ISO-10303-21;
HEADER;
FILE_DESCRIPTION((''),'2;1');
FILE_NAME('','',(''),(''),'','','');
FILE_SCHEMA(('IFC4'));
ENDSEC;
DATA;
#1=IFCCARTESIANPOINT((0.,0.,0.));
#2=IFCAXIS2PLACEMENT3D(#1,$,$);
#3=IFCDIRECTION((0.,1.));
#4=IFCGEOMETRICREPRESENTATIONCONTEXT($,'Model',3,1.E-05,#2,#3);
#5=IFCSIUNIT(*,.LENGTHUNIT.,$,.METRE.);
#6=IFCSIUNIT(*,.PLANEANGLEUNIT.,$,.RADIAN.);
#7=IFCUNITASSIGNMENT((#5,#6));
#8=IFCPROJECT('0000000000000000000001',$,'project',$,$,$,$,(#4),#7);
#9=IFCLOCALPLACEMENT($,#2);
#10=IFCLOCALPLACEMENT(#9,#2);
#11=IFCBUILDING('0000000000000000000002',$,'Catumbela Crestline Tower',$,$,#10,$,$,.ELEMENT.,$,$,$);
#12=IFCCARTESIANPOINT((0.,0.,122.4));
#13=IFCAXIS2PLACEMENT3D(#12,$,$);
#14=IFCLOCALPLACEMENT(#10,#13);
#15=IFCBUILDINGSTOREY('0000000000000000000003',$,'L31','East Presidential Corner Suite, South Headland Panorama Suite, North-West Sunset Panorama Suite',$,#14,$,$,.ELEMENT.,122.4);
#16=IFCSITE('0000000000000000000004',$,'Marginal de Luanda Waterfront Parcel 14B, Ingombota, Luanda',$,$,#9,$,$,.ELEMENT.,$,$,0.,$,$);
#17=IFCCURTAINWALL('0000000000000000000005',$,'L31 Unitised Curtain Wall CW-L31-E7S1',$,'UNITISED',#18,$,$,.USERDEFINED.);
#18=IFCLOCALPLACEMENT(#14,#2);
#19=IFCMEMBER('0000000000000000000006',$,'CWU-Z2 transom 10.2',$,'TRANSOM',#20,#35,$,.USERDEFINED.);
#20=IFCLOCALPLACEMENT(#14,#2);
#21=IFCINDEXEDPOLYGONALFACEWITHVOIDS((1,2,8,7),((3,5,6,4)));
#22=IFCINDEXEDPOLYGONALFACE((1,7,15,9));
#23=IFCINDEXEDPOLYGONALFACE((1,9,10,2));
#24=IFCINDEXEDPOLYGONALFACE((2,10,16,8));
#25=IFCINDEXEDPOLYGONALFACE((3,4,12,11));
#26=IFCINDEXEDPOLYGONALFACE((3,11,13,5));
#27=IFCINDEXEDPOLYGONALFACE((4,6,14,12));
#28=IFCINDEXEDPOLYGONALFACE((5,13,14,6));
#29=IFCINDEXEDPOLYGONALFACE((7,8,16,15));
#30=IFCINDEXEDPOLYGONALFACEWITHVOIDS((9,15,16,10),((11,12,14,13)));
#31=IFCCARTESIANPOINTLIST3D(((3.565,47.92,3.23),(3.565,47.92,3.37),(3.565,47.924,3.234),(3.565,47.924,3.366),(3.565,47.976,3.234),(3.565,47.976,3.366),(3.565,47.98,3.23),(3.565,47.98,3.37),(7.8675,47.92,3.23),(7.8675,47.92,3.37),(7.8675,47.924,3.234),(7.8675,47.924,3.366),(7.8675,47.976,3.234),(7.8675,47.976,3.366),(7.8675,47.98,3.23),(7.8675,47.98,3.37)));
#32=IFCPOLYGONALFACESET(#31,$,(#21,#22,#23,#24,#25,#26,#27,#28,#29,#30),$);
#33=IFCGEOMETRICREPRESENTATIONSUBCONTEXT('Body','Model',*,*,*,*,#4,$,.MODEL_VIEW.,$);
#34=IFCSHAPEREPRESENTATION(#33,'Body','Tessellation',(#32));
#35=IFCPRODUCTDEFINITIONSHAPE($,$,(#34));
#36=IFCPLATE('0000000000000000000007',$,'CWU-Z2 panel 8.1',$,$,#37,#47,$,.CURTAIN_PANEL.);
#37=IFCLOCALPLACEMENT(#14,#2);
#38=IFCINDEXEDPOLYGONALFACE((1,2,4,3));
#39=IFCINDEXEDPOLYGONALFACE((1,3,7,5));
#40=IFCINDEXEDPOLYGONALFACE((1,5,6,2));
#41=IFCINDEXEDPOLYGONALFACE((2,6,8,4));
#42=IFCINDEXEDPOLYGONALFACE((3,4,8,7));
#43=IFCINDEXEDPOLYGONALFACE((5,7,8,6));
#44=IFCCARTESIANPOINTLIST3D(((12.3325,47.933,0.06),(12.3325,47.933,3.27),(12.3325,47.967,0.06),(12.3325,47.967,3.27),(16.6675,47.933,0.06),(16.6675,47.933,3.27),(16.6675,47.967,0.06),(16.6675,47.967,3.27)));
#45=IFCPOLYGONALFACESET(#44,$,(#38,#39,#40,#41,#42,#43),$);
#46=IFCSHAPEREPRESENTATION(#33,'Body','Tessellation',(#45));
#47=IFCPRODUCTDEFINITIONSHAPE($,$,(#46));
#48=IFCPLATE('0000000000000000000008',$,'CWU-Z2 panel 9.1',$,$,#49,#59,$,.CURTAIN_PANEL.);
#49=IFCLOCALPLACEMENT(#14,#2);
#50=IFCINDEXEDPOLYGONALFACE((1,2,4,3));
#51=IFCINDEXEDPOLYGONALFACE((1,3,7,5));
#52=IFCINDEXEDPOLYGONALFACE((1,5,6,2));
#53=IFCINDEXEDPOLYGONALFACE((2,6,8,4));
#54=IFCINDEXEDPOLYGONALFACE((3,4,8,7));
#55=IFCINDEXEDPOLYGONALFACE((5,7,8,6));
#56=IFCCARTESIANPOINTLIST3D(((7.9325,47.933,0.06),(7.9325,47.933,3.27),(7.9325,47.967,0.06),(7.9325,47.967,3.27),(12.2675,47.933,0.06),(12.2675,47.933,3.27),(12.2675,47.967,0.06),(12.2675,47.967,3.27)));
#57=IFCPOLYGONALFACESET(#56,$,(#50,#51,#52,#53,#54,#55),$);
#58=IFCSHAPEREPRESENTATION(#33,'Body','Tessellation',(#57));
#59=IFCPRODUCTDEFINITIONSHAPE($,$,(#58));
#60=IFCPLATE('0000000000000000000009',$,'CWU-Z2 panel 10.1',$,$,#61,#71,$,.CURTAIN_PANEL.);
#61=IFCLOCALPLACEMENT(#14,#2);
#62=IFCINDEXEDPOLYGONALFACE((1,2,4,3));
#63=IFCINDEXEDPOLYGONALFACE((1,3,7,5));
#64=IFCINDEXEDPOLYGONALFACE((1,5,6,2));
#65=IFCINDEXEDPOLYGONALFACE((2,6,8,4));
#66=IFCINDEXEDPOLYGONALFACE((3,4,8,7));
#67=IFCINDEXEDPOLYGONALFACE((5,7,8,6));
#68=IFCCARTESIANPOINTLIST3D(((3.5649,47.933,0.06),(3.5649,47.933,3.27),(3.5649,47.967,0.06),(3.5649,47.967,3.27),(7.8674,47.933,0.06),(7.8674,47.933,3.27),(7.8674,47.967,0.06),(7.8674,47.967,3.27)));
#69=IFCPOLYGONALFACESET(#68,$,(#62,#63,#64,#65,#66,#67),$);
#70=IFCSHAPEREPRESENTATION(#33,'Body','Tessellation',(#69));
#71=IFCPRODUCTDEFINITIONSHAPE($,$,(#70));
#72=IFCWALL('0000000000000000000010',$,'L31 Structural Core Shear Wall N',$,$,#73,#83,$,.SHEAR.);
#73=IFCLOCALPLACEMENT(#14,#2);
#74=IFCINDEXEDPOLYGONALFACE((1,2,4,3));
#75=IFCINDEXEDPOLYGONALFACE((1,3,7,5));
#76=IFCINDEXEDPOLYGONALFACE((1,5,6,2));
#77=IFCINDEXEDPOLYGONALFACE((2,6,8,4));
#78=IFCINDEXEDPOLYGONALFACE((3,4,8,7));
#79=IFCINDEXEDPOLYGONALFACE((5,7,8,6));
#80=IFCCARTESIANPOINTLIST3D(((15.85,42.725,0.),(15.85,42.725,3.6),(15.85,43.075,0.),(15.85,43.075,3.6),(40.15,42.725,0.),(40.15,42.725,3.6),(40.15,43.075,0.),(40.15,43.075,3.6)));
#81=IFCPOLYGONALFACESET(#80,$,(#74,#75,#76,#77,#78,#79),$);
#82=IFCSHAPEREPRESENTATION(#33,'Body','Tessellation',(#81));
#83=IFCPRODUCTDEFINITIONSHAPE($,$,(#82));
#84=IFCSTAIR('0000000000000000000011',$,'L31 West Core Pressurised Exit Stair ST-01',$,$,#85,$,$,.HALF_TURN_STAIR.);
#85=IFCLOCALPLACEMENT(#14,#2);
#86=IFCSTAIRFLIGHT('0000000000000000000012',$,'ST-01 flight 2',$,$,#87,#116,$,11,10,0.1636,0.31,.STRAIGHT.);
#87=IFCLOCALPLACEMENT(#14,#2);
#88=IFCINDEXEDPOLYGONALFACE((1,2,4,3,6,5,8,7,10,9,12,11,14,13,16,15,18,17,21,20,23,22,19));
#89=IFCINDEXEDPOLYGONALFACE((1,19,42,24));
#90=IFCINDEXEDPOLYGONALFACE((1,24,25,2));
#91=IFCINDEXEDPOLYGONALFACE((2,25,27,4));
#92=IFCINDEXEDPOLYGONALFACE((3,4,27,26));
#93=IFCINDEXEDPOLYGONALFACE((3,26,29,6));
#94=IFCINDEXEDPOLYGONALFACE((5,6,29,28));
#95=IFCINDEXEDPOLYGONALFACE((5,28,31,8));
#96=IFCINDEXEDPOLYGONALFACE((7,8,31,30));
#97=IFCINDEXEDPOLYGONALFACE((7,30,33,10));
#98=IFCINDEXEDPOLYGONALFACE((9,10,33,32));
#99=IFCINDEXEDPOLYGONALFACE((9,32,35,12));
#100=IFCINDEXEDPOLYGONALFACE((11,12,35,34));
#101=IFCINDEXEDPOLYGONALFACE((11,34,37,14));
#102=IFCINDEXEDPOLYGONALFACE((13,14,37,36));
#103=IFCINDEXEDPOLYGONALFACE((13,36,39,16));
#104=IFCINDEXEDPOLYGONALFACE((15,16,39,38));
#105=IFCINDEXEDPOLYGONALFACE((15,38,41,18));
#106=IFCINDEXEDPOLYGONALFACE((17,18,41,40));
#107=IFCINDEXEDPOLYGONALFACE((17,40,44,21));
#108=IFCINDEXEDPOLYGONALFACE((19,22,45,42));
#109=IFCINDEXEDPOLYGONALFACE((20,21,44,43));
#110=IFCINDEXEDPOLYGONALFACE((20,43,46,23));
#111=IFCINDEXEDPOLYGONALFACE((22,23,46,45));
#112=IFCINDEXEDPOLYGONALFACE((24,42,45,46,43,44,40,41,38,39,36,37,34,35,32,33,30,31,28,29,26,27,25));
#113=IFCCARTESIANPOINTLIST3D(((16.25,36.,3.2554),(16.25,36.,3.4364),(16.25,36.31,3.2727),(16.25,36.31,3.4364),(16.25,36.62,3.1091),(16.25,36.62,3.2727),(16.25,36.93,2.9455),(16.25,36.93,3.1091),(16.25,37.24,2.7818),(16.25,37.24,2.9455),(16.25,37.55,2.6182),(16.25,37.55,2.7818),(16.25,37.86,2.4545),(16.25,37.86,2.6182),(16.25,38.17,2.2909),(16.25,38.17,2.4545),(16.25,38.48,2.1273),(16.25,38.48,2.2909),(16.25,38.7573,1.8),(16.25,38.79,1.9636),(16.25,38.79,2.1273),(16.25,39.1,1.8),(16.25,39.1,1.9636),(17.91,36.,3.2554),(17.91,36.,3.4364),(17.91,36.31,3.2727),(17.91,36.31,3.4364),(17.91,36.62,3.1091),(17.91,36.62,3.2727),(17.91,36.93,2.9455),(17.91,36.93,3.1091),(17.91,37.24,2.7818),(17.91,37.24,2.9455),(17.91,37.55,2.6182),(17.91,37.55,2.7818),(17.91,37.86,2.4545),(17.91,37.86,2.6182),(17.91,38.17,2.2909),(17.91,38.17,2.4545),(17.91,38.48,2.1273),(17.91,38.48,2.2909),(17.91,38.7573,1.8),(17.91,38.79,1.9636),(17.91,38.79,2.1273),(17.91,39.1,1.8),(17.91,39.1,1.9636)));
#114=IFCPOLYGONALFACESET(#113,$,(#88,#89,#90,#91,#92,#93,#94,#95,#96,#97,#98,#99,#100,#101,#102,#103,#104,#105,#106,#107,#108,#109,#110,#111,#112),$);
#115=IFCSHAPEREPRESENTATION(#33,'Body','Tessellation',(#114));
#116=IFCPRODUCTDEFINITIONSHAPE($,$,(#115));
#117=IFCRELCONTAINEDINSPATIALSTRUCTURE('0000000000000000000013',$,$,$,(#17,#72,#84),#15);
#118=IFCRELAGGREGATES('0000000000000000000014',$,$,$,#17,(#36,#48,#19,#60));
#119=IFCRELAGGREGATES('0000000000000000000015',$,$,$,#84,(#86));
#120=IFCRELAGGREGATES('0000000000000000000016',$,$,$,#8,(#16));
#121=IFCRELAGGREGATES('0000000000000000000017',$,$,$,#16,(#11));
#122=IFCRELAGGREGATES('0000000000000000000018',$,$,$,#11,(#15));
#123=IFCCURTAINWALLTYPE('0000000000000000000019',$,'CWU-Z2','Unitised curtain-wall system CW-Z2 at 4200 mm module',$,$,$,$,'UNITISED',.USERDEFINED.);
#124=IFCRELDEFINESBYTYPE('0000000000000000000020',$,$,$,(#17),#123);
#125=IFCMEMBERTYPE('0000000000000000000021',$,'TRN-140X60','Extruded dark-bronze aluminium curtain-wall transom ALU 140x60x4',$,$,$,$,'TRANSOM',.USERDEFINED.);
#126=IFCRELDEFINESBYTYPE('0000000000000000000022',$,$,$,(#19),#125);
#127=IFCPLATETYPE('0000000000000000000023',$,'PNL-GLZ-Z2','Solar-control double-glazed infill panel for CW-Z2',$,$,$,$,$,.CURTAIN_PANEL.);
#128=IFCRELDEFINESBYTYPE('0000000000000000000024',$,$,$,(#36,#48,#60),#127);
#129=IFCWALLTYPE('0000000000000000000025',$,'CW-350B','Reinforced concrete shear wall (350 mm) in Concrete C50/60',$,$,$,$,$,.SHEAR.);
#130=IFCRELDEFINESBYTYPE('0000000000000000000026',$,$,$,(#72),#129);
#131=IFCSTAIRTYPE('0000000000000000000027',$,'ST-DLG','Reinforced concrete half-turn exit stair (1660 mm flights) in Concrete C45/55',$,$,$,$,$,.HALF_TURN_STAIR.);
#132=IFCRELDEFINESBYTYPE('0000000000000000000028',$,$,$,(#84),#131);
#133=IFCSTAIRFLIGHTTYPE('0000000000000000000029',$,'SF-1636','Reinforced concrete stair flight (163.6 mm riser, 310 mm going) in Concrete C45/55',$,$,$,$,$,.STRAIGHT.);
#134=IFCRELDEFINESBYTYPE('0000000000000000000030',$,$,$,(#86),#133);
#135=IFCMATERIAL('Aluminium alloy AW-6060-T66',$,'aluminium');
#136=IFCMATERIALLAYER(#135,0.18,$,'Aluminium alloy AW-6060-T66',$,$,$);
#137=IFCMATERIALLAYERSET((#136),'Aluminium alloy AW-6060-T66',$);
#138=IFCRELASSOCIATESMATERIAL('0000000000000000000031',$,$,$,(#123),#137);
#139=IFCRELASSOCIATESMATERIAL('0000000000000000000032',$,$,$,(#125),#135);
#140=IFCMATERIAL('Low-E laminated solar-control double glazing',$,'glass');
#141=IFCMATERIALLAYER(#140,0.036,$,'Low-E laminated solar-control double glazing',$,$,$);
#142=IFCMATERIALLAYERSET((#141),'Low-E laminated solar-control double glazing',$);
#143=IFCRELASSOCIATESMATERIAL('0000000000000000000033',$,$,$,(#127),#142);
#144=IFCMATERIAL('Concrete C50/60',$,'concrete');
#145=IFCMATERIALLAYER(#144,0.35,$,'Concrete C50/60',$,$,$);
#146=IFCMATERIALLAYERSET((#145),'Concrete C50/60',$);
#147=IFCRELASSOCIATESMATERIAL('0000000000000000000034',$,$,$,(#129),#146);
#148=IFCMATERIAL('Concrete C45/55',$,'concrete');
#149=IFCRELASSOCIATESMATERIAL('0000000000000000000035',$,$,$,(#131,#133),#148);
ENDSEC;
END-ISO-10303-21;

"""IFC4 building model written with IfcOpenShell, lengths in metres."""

from ifc_helpers import new_model, si_unit, direction, frame, frame_2d, origin, origin_2d, place, context, subcontext, project, spatial, polyline, rectangle, hollow_rectangle, outline, extrude, material, layer, layer_set, material_profile, profile_set, type_object, element, aggregate, save


model = new_model("IFC4")

# Units and contexts
model_context = context("Model", 3, precision=1e-05, world=origin(), true_north=direction((0.0, 1.0)))
body_context = subcontext(model_context, "Body", "Model", "MODEL_VIEW")
ifc_project = project(units=[si_unit("LENGTHUNIT", "METRE"), si_unit("PLANEANGLEUNIT", "RADIAN")], contexts=[model_context])

# Site, building, storey
site_placement = place(None, origin())
site = spatial("IfcSite", under=ifc_project, at=site_placement, Name="Marginal de Luanda Waterfront Parcel 14B, Ingombota, Luanda", CompositionType="ELEMENT", RefElevation=0.0)
building_placement = place(site_placement, origin())
building = spatial("IfcBuilding", under=site, at=building_placement, Name="Catumbela Crestline Tower", CompositionType="ELEMENT")
storey_placement = place(building_placement, frame((0.0, 0.0, 122.4)))
storey = spatial("IfcBuildingStorey", under=building, at=storey_placement, Name="L31", Description="East Presidential Corner Suite, South Headland Panorama Suite, North-West Sunset Panorama Suite", CompositionType="ELEMENT", Elevation=122.4)

# Curtain wall
ifc_material_1 = material(Name="Aluminium alloy AW-6060-T66", Category="aluminium")
ifc_layer_1 = layer(ifc_material_1, 0.18, Name="Aluminium alloy AW-6060-T66")
ifc_layer_set_1 = layer_set([ifc_layer_1], Name="Aluminium alloy AW-6060-T66")
curtain_wall_type = type_object("IfcCurtainWallType", Name="CWU-Z2", Description="Unitised curtain-wall system CW-Z2 at 4200 mm module", ElementType="UNITISED", PredefinedType="USERDEFINED", material=ifc_layer_set_1)
curtain_wall_placement = place(storey_placement, origin())
curtain_wall = element("IfcCurtainWall", 1, at=curtain_wall_placement, inside=storey, type_object=curtain_wall_type, Name="L31 Unitised Curtain Wall CW-L31-E7S1", ObjectType="UNITISED", PredefinedType="USERDEFINED")

# Member
ifc_material_profile_1 = material_profile(ifc_material_1, hollow_rectangle(XDim=0.06, YDim=0.14, WallThickness=0.004, at=origin_2d()), Name="ALU 140x60x4")
ifc_profile_set_1 = profile_set([ifc_material_profile_1], Name="Aluminium alloy AW-6060-T66")
member_type_1 = type_object("IfcMemberType", Name="TRN-140X60", Description="Extruded dark-bronze aluminium curtain-wall transom ALU 140x60x4", ElementType="TRANSOM", PredefinedType="USERDEFINED", material=ifc_profile_set_1)
member_1_placement = place(storey_placement, frame((7.8675, 47.95, 3.3), z_axis=(-1.0, 0.0, 0.0), x_axis=(0.0, -1.0, 0.0)))
member_1 = element("IfcMember", 2, at=member_1_placement, type_object=member_type_1, Name="CWU-Z2 transom 10.2", ObjectType="TRANSOM", PredefinedType="USERDEFINED", context=body_context, shape_type="SweptSolid", body=[
    extrude(hollow_rectangle(XDim=0.06, YDim=0.14, WallThickness=0.004, at=origin_2d()), origin(), (0.0, 0.0, 1.0), 4.3025),
])

# Plates
ifc_material_2 = material(Name="Low-E laminated solar-control double glazing", Category="glass")
ifc_layer_2 = layer(ifc_material_2, 0.036, Name="Low-E laminated solar-control double glazing")
ifc_layer_set_2 = layer_set([ifc_layer_2], Name="Low-E laminated solar-control double glazing")
plate_type = type_object("IfcPlateType", Name="PNL-GLZ-Z2", Description="Solar-control double-glazed infill panel for CW-Z2", PredefinedType="CURTAIN_PANEL", material=ifc_layer_set_2)
plate_1_placement = place(storey_placement, frame((14.5, 47.95, 0.06), z_axis=(0.0, 0.0, 1.0), x_axis=(-1.0, 0.0, 0.0)))
plate_1 = element("IfcPlate", 3, at=plate_1_placement, type_object=plate_type, Name="CWU-Z2 panel 8.1", PredefinedType="CURTAIN_PANEL", context=body_context, shape_type="SweptSolid", body=[
    extrude(rectangle(XDim=4.335, YDim=0.034, at=origin_2d()), origin(), (0.0, 0.0, 1.0), 3.21),
])
plate_2_placement = place(storey_placement, frame((10.1, 47.95, 0.06), z_axis=(0.0, 0.0, 1.0), x_axis=(-1.0, 0.0, 0.0)))
plate_2 = element("IfcPlate", 4, at=plate_2_placement, type_object=plate_type, Name="CWU-Z2 panel 9.1", PredefinedType="CURTAIN_PANEL", context=body_context, shape_type="SweptSolid", body=[
    extrude(rectangle(XDim=4.335, YDim=0.034, at=origin_2d()), origin(), (0.0, 0.0, 1.0), 3.21),
])
plate_3_placement = place(storey_placement, frame((5.7162, 47.95, 0.06), z_axis=(0.0, 0.0, 1.0), x_axis=(-1.0, 0.0, 0.0)))
plate_3 = element("IfcPlate", 5, at=plate_3_placement, type_object=plate_type, Name="CWU-Z2 panel 10.1", PredefinedType="CURTAIN_PANEL", context=body_context, shape_type="SweptSolid", body=[
    extrude(rectangle(XDim=4.3025, YDim=0.034, at=origin_2d()), origin(), (0.0, 0.0, 1.0), 3.21),
])
aggregate(curtain_wall, [plate_1, plate_2, member_1, plate_3])

# Wall
ifc_material_3 = material(Name="Concrete C50/60", Category="concrete")
ifc_layer_3 = layer(ifc_material_3, 0.35, Name="Concrete C50/60")
ifc_layer_set_3 = layer_set([ifc_layer_3], Name="Concrete C50/60")
wall_type = type_object("IfcWallType", Name="CW-350B", Description="Reinforced concrete shear wall (350 mm) in Concrete C50/60", PredefinedType="SHEAR", material=ifc_layer_set_3)
wall_placement = place(storey_placement, frame((15.85, 42.9, 0.0), z_axis=(0.0, 0.0, 1.0), x_axis=(1.0, 0.0, 0.0)))
element("IfcWall", 6, at=wall_placement, inside=storey, type_object=wall_type, Name="L31 Structural Core Shear Wall N", PredefinedType="SHEAR", context=body_context, shape_type="SweptSolid", body=[
    extrude(rectangle(XDim=24.3, YDim=0.35, at=frame_2d((12.15, 0.0))), origin(), (0.0, 0.0, 1.0), 3.6),
])

# Stair, stair flight
ifc_material_4 = material(Name="Concrete C45/55", Category="concrete")
stair_type = type_object("IfcStairType", Name="ST-DLG", Description="Reinforced concrete half-turn exit stair (1660 mm flights) in Concrete C45/55", PredefinedType="HALF_TURN_STAIR", material=ifc_material_4)
stair_placement = place(storey_placement, origin())
stair = element("IfcStair", 7, at=stair_placement, inside=storey, type_object=stair_type, Name="L31 West Core Pressurised Exit Stair ST-01", PredefinedType="HALF_TURN_STAIR")
stair_flight_type = type_object("IfcStairFlightType", Name="SF-1636", Description="Reinforced concrete stair flight (163.6 mm riser, 310 mm going) in Concrete C45/55", PredefinedType="STRAIGHT", material=ifc_material_4)
stair_flight_placement = place(storey_placement, frame((17.08, 39.1, 1.8), z_axis=(0.0, 0.0, 1.0), x_axis=(0.0, -1.0, 0.0)))
stair_flight = element("IfcStairFlight", 8, at=stair_flight_placement, type_object=stair_flight_type, Name="ST-01 flight 2", NumberOfRisers=11, NumberOfTreads=10, PredefinedType="STRAIGHT", RiserHeight=0.1636, TreadLength=0.31, context=body_context, shape_type="SweptSolid", body=[
    extrude(outline(polyline([(0.0, 0.0), (0.0, 0.1636), (0.31, 0.1636), (0.31, 0.3273), (0.62, 0.3273), (0.62, 0.4909), (0.93, 0.4909), (0.93, 0.6545), (1.24, 0.6545), (1.24, 0.8182), (1.55, 0.8182), (1.55, 0.9818), (1.86, 0.9818), (1.86, 1.1455), (2.17, 1.1455), (2.17, 1.3091), (2.48, 1.3091), (2.48, 1.4727), (2.79, 1.4727), (2.79, 1.6364), (3.1, 1.6364), (3.1, 1.8), (3.1, 1.4554), (0.3427, 0.0), (0.0, 0.0)])), frame((0.0, 0.83, 0.0), z_axis=(0.0, -1.0, 0.0), x_axis=(1.0, 0.0, 0.0)), (0.0, 0.0, 1.0), 1.66),
])
aggregate(stair, [stair_flight])

save(model, "model.ifc")
